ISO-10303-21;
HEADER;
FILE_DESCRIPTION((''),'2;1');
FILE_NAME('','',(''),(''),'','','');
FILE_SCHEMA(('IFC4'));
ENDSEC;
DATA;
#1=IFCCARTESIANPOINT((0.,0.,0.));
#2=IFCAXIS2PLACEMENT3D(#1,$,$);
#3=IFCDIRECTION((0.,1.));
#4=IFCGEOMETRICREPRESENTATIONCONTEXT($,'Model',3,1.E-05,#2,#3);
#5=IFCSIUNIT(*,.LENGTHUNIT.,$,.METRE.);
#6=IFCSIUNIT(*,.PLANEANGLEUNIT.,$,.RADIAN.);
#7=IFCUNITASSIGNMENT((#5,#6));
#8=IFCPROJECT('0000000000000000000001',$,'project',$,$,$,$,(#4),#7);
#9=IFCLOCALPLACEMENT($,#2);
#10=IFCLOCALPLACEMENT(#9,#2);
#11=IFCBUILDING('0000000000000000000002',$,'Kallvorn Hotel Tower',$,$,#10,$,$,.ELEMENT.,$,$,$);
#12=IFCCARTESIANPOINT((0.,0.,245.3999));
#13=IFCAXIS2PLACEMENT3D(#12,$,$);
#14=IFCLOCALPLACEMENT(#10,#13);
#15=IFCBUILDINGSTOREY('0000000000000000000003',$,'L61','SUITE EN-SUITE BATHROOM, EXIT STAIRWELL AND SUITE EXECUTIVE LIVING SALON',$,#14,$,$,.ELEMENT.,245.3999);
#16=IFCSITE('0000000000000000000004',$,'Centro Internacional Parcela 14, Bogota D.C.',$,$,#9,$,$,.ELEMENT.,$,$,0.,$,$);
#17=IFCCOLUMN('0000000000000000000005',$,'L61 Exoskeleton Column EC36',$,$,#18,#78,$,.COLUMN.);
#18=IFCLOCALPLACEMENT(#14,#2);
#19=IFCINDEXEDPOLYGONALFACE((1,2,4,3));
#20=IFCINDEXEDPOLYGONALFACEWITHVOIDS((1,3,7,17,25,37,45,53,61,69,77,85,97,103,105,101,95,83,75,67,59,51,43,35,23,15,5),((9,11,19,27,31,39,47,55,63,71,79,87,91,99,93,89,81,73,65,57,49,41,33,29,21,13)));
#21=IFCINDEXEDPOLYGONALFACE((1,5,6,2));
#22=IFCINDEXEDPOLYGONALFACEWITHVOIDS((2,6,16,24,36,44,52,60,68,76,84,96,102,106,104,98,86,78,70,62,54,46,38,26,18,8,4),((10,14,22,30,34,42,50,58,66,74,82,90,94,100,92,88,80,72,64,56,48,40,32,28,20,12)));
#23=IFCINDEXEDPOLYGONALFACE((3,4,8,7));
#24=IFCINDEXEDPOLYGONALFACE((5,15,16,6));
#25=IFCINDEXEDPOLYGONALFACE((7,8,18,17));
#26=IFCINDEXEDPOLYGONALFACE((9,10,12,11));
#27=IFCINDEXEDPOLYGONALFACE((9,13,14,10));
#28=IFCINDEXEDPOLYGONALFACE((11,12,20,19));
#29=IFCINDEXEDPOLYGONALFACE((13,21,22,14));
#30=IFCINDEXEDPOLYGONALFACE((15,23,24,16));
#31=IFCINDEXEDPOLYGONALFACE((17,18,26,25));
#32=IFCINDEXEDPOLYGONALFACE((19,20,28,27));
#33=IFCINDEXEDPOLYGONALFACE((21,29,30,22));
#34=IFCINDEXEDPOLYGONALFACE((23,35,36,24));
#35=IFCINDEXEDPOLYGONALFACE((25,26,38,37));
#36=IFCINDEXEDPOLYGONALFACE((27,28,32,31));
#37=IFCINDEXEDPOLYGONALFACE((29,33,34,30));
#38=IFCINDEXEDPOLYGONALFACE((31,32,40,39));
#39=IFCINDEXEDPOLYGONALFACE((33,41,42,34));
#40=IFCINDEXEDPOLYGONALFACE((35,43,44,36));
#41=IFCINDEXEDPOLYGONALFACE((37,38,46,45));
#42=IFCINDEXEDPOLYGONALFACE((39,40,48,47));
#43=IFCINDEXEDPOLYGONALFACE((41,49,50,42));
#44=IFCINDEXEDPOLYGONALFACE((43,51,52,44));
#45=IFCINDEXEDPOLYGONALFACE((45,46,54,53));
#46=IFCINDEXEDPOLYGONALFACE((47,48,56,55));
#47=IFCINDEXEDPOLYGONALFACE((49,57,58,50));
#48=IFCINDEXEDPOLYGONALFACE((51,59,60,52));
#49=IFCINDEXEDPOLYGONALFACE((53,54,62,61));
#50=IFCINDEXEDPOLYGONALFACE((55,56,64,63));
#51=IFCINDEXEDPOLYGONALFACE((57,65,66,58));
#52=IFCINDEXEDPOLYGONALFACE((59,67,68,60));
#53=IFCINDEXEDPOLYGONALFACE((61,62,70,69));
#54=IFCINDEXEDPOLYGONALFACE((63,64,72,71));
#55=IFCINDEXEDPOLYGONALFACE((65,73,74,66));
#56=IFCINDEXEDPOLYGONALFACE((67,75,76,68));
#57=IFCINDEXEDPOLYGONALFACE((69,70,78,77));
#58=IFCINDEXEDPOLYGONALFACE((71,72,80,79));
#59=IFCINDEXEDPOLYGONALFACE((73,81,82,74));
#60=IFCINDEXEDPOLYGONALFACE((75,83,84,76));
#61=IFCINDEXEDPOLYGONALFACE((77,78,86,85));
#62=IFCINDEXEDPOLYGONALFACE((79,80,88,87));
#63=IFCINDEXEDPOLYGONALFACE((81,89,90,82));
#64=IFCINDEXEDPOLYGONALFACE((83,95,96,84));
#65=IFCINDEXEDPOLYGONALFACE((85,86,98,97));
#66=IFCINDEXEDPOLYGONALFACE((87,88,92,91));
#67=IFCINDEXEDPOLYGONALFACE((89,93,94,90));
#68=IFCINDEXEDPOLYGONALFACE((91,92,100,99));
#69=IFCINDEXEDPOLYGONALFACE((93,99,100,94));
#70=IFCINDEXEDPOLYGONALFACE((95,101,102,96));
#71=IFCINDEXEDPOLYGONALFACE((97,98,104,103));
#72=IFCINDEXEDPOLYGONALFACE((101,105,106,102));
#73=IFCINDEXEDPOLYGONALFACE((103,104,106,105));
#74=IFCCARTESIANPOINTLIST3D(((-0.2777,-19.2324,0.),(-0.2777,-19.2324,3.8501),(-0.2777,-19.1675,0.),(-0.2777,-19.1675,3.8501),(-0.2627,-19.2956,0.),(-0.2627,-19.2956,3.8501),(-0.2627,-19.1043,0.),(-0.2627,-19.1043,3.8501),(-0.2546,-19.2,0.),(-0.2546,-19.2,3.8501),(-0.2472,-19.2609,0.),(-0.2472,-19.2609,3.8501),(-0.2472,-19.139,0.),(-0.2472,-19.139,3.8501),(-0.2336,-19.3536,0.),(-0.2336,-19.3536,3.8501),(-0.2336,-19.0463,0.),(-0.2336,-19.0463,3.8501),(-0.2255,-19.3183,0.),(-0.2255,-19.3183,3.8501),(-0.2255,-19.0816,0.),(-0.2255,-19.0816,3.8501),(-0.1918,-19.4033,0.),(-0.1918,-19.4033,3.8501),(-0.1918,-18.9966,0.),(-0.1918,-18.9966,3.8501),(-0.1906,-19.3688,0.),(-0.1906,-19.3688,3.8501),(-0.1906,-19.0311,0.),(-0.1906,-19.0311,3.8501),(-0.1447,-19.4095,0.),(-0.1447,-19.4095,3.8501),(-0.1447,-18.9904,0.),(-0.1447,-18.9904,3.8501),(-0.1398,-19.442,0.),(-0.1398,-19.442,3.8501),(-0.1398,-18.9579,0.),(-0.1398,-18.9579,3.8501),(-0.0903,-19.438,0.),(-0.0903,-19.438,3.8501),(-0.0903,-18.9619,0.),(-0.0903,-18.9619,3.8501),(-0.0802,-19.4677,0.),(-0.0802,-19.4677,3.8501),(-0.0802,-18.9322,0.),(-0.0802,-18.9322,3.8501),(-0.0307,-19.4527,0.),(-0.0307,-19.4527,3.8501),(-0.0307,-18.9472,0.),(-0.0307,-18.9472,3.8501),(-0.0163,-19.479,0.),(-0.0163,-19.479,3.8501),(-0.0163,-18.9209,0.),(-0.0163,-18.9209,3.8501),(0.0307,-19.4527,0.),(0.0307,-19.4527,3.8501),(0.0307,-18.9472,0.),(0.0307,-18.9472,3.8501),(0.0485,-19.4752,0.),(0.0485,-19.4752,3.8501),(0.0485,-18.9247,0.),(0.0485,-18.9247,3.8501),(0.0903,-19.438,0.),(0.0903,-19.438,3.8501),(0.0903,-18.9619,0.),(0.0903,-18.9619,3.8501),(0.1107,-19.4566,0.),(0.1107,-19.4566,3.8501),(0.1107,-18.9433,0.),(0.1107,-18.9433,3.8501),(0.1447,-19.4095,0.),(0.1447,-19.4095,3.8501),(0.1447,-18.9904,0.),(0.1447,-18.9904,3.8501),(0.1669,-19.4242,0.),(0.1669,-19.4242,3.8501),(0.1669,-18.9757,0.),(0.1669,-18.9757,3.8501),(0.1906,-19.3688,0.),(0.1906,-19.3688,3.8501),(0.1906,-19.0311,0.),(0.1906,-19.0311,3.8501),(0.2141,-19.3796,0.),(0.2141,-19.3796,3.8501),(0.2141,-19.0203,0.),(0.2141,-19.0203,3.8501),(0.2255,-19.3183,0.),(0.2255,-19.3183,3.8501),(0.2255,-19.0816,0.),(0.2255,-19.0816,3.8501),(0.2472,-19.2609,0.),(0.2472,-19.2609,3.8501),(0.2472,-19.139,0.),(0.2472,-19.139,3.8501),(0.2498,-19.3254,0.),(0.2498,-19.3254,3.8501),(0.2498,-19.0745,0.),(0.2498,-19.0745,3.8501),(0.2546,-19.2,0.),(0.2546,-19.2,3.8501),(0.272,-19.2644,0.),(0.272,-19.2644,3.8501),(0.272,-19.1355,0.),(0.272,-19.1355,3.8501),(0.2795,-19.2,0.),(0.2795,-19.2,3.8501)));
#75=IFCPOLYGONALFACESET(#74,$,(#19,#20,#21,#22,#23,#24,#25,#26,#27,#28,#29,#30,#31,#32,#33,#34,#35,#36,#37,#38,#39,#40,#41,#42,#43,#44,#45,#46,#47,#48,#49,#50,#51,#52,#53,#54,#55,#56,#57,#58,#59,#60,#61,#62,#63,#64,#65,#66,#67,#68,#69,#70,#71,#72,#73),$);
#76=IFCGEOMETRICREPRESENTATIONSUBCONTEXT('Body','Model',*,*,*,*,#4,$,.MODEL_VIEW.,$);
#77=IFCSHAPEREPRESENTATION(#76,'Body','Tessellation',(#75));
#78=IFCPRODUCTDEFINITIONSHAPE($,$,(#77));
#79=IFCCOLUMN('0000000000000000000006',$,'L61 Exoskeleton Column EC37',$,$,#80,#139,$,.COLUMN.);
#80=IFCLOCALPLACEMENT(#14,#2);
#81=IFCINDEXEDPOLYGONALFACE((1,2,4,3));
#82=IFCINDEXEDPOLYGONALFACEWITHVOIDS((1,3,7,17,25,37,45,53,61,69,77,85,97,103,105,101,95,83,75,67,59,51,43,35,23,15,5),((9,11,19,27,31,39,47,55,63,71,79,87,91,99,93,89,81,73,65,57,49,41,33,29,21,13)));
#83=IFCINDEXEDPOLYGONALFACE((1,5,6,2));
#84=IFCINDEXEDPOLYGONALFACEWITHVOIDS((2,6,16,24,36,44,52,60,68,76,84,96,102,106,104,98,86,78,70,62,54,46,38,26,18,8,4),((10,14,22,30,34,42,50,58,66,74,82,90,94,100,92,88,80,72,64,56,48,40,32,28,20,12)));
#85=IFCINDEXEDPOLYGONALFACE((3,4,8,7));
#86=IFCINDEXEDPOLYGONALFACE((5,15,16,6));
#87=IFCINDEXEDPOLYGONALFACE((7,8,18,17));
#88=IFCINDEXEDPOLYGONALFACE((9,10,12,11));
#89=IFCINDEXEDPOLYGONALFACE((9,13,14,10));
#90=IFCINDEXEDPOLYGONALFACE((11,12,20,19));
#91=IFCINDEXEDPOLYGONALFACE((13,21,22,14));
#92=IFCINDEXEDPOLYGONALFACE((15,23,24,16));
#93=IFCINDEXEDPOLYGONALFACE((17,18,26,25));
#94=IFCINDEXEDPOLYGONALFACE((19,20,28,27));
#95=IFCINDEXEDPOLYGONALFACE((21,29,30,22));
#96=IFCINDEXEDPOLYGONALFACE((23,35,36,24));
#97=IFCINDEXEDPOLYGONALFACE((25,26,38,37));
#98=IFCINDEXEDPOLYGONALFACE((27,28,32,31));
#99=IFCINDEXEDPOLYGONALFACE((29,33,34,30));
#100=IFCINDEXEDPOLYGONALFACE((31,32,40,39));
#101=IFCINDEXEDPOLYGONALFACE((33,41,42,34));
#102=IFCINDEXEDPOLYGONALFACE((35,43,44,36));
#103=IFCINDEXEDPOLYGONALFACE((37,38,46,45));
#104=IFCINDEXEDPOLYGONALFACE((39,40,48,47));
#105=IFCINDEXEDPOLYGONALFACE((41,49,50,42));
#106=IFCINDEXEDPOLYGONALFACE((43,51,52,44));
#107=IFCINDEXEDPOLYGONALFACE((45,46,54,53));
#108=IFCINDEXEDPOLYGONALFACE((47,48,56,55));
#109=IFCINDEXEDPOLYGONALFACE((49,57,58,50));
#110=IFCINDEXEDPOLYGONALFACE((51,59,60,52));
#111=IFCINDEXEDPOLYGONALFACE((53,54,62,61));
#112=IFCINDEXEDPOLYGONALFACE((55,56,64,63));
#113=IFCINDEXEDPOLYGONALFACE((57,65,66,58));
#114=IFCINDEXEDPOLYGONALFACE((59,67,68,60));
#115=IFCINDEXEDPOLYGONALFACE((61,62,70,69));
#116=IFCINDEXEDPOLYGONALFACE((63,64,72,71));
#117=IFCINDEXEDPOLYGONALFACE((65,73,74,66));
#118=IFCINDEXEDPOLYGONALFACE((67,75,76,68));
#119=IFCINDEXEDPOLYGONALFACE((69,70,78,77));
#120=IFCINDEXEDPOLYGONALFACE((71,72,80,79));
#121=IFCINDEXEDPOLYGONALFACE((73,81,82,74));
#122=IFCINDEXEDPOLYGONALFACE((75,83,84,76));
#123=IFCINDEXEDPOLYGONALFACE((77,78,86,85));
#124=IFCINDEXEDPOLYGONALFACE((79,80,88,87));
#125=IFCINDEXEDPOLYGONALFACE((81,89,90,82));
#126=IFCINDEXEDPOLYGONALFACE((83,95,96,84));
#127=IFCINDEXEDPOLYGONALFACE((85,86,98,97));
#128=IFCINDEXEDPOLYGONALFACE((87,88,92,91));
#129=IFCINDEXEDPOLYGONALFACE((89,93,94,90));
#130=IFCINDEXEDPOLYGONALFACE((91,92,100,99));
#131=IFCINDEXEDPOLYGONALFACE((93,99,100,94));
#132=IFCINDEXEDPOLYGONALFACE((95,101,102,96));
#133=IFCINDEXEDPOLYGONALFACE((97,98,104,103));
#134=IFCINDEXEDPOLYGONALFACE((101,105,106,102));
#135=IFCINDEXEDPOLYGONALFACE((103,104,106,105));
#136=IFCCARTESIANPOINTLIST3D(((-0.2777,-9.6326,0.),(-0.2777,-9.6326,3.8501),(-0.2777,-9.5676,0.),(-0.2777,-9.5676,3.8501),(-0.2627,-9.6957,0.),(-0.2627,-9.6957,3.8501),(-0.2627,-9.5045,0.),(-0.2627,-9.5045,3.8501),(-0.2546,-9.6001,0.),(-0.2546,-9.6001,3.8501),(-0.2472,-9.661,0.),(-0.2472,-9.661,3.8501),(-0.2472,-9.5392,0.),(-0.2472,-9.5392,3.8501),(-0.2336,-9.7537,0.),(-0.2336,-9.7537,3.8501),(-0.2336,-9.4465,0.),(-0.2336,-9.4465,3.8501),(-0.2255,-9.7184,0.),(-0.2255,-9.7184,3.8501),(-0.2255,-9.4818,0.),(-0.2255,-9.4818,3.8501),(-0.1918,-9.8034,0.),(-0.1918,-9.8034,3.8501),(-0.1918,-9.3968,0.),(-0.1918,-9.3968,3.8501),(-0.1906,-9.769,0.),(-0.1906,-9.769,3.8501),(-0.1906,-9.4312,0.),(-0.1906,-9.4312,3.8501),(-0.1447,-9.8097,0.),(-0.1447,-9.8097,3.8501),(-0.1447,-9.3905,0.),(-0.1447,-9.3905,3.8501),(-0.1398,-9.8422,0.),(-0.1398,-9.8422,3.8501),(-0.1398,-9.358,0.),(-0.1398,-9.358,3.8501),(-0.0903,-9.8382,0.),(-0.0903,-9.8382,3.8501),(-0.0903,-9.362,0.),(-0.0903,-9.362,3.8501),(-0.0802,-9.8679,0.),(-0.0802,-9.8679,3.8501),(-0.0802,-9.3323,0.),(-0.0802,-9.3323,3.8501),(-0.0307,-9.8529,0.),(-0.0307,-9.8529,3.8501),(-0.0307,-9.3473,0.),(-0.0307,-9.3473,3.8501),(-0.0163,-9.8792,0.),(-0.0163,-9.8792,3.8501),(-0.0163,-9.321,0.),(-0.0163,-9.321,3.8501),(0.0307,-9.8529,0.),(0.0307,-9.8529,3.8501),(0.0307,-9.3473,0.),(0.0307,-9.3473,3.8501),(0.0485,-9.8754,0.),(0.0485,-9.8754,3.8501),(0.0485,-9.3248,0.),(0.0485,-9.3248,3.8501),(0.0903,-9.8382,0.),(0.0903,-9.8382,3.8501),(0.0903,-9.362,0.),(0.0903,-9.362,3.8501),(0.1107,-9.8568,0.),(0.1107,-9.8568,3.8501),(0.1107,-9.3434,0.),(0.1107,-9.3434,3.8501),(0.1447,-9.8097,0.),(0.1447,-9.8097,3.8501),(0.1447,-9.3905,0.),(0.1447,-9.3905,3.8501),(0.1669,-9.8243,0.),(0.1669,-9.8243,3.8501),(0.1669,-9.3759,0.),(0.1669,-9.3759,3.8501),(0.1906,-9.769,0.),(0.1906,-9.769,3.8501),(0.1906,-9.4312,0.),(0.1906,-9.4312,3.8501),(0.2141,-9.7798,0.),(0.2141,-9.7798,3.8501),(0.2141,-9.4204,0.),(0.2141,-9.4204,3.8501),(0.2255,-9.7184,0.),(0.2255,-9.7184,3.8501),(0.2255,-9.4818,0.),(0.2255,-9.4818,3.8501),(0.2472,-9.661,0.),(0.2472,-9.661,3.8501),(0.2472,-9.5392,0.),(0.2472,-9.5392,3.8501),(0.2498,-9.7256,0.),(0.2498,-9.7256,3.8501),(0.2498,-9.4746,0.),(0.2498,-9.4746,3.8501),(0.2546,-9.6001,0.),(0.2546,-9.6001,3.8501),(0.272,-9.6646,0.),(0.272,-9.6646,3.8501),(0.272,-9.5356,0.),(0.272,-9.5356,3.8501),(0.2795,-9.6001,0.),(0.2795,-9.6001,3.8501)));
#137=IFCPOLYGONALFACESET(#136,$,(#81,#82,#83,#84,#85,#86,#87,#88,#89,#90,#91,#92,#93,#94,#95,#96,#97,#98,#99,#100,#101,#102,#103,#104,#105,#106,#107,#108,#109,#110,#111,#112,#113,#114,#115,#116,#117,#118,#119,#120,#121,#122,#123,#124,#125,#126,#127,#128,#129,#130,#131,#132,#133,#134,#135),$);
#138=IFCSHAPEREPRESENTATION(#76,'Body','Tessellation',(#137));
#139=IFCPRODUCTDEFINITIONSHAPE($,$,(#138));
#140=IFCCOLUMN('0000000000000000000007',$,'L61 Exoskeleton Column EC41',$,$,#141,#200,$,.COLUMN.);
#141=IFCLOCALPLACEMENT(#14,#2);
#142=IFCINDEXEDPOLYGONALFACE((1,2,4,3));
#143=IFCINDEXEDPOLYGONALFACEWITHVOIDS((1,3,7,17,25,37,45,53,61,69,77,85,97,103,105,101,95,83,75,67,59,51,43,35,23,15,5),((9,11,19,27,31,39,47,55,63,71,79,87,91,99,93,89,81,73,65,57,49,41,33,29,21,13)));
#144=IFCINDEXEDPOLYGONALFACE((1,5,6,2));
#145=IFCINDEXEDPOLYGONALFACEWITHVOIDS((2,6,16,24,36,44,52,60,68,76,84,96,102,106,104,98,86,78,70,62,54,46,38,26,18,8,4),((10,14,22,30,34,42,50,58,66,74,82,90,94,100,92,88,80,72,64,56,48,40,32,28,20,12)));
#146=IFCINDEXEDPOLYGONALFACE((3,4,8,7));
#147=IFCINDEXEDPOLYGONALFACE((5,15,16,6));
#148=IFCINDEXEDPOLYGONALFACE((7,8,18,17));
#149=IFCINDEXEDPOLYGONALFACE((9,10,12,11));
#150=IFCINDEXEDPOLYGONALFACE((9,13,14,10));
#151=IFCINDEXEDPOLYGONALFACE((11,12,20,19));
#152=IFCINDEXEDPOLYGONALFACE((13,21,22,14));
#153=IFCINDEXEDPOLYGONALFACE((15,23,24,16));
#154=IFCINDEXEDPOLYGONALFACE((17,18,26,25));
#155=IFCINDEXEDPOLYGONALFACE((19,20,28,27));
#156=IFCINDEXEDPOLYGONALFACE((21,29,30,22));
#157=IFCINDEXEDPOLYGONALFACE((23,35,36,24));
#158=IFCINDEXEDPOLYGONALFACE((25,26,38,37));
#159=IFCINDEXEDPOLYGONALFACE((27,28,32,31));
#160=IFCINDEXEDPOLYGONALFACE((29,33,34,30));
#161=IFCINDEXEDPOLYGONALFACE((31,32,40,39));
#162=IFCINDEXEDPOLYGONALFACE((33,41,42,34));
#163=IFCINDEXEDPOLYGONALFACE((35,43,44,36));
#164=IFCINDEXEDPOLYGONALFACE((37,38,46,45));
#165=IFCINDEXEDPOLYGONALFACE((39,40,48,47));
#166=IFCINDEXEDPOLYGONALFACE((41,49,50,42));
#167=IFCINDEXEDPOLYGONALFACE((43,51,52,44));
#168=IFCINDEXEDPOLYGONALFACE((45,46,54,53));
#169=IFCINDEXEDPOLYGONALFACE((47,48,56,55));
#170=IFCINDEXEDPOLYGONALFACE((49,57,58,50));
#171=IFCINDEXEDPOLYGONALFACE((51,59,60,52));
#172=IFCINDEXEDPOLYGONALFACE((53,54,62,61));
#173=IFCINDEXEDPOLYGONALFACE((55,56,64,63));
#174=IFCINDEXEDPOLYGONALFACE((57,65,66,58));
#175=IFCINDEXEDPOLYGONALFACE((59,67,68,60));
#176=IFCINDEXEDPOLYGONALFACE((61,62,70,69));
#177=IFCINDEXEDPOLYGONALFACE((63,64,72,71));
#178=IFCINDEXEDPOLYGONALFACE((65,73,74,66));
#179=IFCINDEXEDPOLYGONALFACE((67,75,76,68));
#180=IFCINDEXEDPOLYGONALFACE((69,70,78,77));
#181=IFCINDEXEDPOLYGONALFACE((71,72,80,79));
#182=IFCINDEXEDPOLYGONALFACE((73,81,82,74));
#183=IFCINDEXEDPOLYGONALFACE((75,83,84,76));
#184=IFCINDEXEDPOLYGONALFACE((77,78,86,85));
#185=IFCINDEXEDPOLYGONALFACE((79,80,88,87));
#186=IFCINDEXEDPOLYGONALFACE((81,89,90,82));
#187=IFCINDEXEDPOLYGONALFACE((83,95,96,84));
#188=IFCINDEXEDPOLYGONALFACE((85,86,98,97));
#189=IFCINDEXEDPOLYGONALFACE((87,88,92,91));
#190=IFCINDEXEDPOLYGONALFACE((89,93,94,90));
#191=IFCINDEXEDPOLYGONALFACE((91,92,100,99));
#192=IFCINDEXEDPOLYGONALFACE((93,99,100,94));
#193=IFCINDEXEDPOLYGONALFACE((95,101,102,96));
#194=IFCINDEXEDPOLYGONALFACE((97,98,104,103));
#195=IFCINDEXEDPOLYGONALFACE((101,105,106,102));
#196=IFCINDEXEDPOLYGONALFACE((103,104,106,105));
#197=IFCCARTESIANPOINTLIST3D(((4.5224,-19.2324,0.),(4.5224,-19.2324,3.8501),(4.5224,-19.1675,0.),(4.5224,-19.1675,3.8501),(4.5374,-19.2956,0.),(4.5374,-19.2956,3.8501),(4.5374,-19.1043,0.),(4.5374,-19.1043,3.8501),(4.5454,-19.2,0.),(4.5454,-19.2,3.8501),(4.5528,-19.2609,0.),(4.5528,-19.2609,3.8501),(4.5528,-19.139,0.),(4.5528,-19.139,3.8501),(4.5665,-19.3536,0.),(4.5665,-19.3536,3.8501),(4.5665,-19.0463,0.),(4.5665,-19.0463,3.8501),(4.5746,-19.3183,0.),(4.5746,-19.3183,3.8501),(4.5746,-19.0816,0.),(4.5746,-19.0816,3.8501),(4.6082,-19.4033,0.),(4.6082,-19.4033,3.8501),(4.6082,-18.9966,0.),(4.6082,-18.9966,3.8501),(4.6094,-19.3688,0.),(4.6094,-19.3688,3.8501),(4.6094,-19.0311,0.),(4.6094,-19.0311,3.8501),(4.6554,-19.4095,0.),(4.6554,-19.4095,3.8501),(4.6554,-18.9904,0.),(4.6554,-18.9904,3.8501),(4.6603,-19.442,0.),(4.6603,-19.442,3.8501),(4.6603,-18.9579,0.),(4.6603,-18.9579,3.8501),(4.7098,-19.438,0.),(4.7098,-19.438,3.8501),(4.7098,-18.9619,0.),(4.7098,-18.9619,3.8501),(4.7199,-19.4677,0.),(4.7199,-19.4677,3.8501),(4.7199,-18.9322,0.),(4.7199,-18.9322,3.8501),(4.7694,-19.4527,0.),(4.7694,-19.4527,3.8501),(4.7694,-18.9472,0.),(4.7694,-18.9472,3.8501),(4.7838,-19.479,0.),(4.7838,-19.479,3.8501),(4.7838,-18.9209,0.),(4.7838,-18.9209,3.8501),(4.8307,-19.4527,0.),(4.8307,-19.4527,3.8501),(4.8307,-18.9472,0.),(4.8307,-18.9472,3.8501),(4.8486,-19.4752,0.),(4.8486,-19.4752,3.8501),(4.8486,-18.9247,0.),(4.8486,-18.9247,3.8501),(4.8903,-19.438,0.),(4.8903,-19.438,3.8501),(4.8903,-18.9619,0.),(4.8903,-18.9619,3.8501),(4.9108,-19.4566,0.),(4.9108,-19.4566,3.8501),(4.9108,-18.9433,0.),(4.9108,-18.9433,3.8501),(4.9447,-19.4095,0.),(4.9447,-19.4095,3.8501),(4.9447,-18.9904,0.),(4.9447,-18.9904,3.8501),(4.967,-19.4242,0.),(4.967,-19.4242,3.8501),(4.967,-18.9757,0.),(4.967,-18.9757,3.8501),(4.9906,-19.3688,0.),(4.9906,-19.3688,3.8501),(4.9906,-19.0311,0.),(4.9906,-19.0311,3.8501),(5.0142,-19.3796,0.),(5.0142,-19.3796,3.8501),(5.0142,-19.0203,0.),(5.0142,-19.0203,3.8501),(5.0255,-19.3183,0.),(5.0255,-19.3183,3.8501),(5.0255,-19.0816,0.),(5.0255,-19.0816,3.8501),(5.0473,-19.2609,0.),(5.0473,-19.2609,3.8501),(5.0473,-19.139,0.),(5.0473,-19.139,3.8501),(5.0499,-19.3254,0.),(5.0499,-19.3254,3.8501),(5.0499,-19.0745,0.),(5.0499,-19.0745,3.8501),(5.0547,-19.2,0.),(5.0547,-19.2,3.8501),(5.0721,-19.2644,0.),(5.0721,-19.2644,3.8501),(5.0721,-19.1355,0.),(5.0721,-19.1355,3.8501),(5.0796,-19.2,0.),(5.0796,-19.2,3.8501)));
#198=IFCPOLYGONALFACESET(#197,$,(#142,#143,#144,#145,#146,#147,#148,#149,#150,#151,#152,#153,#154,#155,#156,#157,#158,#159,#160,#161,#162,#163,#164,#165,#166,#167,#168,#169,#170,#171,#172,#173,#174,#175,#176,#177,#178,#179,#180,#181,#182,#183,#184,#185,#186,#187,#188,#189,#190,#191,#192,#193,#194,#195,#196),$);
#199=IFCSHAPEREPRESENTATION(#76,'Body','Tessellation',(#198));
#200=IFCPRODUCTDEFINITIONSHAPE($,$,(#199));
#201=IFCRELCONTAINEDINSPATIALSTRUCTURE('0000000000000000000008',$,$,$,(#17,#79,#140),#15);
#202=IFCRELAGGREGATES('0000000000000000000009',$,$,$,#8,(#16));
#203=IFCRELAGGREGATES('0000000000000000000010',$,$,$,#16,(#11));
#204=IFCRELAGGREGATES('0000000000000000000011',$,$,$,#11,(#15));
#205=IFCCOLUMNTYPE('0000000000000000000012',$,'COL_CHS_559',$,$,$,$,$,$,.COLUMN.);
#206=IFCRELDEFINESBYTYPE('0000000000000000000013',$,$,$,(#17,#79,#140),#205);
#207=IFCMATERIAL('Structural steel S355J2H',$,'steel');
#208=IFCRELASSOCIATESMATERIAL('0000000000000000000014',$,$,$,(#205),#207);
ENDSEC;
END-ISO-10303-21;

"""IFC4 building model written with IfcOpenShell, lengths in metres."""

from ifc_helpers import new_model, si_unit, direction, frame, origin, origin_2d, place, context, subcontext, project, spatial, hollow_circle, extrude, material, material_profile, profile_set, type_object, element, save


model = new_model("IFC4")

# Units and contexts
model_context = context("Model", 3, precision=1e-05, world=origin(), true_north=direction((0.0, 1.0)))
body_context = subcontext(model_context, "Body", "Model", "MODEL_VIEW")
ifc_project = project(units=[si_unit("LENGTHUNIT", "METRE"), si_unit("PLANEANGLEUNIT", "RADIAN")], contexts=[model_context])

# Site, building, storey
site_placement = place(None, origin())
site = spatial("IfcSite", under=ifc_project, at=site_placement, Name="Centro Internacional Parcela 14, Bogota D.C.", CompositionType="ELEMENT", RefElevation=0.0)
building_placement = place(site_placement, origin())
building = spatial("IfcBuilding", under=site, at=building_placement, Name="Kallvorn Hotel Tower", CompositionType="ELEMENT")
storey_placement = place(building_placement, frame((0.0, 0.0, 245.3999)))
storey = spatial("IfcBuildingStorey", under=building, at=storey_placement, Name="L61", Description="SUITE EN-SUITE BATHROOM, EXIT STAIRWELL AND SUITE EXECUTIVE LIVING SALON", CompositionType="ELEMENT", Elevation=245.3999)

# Columns
ifc_material_1 = material(Name="Structural steel S355J2H", Category="steel")
ifc_material_profile_1 = material_profile(ifc_material_1, hollow_circle(Radius=0.2795, WallThickness=0.0249, at=origin_2d()), Name="CHS 559x25")
ifc_profile_set_1 = profile_set([ifc_material_profile_1], Name="Structural steel S355J2H")
column_type = type_object("IfcColumnType", Name="COL_CHS_559", PredefinedType="COLUMN", material=ifc_profile_set_1)
for number, where, z_axis, x_axis, name in (
    (1, (0.0, -19.2, 0.0), (0.0, 0.0, 1.0), (1.0, 0.0, 0.0), "L61 Exoskeleton Column EC36"),
    (2, (0.0, -9.6001, 0.0), (0.0, 0.0, 1.0), (1.0, 0.0, 0.0), "L61 Exoskeleton Column EC37"),
    (3, (4.8, -19.2, 0.0), (0.0, 0.0, 1.0), (1.0, 0.0, 0.0), "L61 Exoskeleton Column EC41"),
):
    element("IfcColumn", number, at=place(storey_placement, frame(where, z_axis=z_axis, x_axis=x_axis)), inside=storey, type_object=column_type, Name=name, PredefinedType="COLUMN", context=body_context, shape_type="SweptSolid", body=[
        extrude(hollow_circle(Radius=0.2795, WallThickness=0.0249, at=origin_2d()), origin(), (0.0, 0.0, 1.0), 3.8501),
    ])

save(model, "model.ifc")
